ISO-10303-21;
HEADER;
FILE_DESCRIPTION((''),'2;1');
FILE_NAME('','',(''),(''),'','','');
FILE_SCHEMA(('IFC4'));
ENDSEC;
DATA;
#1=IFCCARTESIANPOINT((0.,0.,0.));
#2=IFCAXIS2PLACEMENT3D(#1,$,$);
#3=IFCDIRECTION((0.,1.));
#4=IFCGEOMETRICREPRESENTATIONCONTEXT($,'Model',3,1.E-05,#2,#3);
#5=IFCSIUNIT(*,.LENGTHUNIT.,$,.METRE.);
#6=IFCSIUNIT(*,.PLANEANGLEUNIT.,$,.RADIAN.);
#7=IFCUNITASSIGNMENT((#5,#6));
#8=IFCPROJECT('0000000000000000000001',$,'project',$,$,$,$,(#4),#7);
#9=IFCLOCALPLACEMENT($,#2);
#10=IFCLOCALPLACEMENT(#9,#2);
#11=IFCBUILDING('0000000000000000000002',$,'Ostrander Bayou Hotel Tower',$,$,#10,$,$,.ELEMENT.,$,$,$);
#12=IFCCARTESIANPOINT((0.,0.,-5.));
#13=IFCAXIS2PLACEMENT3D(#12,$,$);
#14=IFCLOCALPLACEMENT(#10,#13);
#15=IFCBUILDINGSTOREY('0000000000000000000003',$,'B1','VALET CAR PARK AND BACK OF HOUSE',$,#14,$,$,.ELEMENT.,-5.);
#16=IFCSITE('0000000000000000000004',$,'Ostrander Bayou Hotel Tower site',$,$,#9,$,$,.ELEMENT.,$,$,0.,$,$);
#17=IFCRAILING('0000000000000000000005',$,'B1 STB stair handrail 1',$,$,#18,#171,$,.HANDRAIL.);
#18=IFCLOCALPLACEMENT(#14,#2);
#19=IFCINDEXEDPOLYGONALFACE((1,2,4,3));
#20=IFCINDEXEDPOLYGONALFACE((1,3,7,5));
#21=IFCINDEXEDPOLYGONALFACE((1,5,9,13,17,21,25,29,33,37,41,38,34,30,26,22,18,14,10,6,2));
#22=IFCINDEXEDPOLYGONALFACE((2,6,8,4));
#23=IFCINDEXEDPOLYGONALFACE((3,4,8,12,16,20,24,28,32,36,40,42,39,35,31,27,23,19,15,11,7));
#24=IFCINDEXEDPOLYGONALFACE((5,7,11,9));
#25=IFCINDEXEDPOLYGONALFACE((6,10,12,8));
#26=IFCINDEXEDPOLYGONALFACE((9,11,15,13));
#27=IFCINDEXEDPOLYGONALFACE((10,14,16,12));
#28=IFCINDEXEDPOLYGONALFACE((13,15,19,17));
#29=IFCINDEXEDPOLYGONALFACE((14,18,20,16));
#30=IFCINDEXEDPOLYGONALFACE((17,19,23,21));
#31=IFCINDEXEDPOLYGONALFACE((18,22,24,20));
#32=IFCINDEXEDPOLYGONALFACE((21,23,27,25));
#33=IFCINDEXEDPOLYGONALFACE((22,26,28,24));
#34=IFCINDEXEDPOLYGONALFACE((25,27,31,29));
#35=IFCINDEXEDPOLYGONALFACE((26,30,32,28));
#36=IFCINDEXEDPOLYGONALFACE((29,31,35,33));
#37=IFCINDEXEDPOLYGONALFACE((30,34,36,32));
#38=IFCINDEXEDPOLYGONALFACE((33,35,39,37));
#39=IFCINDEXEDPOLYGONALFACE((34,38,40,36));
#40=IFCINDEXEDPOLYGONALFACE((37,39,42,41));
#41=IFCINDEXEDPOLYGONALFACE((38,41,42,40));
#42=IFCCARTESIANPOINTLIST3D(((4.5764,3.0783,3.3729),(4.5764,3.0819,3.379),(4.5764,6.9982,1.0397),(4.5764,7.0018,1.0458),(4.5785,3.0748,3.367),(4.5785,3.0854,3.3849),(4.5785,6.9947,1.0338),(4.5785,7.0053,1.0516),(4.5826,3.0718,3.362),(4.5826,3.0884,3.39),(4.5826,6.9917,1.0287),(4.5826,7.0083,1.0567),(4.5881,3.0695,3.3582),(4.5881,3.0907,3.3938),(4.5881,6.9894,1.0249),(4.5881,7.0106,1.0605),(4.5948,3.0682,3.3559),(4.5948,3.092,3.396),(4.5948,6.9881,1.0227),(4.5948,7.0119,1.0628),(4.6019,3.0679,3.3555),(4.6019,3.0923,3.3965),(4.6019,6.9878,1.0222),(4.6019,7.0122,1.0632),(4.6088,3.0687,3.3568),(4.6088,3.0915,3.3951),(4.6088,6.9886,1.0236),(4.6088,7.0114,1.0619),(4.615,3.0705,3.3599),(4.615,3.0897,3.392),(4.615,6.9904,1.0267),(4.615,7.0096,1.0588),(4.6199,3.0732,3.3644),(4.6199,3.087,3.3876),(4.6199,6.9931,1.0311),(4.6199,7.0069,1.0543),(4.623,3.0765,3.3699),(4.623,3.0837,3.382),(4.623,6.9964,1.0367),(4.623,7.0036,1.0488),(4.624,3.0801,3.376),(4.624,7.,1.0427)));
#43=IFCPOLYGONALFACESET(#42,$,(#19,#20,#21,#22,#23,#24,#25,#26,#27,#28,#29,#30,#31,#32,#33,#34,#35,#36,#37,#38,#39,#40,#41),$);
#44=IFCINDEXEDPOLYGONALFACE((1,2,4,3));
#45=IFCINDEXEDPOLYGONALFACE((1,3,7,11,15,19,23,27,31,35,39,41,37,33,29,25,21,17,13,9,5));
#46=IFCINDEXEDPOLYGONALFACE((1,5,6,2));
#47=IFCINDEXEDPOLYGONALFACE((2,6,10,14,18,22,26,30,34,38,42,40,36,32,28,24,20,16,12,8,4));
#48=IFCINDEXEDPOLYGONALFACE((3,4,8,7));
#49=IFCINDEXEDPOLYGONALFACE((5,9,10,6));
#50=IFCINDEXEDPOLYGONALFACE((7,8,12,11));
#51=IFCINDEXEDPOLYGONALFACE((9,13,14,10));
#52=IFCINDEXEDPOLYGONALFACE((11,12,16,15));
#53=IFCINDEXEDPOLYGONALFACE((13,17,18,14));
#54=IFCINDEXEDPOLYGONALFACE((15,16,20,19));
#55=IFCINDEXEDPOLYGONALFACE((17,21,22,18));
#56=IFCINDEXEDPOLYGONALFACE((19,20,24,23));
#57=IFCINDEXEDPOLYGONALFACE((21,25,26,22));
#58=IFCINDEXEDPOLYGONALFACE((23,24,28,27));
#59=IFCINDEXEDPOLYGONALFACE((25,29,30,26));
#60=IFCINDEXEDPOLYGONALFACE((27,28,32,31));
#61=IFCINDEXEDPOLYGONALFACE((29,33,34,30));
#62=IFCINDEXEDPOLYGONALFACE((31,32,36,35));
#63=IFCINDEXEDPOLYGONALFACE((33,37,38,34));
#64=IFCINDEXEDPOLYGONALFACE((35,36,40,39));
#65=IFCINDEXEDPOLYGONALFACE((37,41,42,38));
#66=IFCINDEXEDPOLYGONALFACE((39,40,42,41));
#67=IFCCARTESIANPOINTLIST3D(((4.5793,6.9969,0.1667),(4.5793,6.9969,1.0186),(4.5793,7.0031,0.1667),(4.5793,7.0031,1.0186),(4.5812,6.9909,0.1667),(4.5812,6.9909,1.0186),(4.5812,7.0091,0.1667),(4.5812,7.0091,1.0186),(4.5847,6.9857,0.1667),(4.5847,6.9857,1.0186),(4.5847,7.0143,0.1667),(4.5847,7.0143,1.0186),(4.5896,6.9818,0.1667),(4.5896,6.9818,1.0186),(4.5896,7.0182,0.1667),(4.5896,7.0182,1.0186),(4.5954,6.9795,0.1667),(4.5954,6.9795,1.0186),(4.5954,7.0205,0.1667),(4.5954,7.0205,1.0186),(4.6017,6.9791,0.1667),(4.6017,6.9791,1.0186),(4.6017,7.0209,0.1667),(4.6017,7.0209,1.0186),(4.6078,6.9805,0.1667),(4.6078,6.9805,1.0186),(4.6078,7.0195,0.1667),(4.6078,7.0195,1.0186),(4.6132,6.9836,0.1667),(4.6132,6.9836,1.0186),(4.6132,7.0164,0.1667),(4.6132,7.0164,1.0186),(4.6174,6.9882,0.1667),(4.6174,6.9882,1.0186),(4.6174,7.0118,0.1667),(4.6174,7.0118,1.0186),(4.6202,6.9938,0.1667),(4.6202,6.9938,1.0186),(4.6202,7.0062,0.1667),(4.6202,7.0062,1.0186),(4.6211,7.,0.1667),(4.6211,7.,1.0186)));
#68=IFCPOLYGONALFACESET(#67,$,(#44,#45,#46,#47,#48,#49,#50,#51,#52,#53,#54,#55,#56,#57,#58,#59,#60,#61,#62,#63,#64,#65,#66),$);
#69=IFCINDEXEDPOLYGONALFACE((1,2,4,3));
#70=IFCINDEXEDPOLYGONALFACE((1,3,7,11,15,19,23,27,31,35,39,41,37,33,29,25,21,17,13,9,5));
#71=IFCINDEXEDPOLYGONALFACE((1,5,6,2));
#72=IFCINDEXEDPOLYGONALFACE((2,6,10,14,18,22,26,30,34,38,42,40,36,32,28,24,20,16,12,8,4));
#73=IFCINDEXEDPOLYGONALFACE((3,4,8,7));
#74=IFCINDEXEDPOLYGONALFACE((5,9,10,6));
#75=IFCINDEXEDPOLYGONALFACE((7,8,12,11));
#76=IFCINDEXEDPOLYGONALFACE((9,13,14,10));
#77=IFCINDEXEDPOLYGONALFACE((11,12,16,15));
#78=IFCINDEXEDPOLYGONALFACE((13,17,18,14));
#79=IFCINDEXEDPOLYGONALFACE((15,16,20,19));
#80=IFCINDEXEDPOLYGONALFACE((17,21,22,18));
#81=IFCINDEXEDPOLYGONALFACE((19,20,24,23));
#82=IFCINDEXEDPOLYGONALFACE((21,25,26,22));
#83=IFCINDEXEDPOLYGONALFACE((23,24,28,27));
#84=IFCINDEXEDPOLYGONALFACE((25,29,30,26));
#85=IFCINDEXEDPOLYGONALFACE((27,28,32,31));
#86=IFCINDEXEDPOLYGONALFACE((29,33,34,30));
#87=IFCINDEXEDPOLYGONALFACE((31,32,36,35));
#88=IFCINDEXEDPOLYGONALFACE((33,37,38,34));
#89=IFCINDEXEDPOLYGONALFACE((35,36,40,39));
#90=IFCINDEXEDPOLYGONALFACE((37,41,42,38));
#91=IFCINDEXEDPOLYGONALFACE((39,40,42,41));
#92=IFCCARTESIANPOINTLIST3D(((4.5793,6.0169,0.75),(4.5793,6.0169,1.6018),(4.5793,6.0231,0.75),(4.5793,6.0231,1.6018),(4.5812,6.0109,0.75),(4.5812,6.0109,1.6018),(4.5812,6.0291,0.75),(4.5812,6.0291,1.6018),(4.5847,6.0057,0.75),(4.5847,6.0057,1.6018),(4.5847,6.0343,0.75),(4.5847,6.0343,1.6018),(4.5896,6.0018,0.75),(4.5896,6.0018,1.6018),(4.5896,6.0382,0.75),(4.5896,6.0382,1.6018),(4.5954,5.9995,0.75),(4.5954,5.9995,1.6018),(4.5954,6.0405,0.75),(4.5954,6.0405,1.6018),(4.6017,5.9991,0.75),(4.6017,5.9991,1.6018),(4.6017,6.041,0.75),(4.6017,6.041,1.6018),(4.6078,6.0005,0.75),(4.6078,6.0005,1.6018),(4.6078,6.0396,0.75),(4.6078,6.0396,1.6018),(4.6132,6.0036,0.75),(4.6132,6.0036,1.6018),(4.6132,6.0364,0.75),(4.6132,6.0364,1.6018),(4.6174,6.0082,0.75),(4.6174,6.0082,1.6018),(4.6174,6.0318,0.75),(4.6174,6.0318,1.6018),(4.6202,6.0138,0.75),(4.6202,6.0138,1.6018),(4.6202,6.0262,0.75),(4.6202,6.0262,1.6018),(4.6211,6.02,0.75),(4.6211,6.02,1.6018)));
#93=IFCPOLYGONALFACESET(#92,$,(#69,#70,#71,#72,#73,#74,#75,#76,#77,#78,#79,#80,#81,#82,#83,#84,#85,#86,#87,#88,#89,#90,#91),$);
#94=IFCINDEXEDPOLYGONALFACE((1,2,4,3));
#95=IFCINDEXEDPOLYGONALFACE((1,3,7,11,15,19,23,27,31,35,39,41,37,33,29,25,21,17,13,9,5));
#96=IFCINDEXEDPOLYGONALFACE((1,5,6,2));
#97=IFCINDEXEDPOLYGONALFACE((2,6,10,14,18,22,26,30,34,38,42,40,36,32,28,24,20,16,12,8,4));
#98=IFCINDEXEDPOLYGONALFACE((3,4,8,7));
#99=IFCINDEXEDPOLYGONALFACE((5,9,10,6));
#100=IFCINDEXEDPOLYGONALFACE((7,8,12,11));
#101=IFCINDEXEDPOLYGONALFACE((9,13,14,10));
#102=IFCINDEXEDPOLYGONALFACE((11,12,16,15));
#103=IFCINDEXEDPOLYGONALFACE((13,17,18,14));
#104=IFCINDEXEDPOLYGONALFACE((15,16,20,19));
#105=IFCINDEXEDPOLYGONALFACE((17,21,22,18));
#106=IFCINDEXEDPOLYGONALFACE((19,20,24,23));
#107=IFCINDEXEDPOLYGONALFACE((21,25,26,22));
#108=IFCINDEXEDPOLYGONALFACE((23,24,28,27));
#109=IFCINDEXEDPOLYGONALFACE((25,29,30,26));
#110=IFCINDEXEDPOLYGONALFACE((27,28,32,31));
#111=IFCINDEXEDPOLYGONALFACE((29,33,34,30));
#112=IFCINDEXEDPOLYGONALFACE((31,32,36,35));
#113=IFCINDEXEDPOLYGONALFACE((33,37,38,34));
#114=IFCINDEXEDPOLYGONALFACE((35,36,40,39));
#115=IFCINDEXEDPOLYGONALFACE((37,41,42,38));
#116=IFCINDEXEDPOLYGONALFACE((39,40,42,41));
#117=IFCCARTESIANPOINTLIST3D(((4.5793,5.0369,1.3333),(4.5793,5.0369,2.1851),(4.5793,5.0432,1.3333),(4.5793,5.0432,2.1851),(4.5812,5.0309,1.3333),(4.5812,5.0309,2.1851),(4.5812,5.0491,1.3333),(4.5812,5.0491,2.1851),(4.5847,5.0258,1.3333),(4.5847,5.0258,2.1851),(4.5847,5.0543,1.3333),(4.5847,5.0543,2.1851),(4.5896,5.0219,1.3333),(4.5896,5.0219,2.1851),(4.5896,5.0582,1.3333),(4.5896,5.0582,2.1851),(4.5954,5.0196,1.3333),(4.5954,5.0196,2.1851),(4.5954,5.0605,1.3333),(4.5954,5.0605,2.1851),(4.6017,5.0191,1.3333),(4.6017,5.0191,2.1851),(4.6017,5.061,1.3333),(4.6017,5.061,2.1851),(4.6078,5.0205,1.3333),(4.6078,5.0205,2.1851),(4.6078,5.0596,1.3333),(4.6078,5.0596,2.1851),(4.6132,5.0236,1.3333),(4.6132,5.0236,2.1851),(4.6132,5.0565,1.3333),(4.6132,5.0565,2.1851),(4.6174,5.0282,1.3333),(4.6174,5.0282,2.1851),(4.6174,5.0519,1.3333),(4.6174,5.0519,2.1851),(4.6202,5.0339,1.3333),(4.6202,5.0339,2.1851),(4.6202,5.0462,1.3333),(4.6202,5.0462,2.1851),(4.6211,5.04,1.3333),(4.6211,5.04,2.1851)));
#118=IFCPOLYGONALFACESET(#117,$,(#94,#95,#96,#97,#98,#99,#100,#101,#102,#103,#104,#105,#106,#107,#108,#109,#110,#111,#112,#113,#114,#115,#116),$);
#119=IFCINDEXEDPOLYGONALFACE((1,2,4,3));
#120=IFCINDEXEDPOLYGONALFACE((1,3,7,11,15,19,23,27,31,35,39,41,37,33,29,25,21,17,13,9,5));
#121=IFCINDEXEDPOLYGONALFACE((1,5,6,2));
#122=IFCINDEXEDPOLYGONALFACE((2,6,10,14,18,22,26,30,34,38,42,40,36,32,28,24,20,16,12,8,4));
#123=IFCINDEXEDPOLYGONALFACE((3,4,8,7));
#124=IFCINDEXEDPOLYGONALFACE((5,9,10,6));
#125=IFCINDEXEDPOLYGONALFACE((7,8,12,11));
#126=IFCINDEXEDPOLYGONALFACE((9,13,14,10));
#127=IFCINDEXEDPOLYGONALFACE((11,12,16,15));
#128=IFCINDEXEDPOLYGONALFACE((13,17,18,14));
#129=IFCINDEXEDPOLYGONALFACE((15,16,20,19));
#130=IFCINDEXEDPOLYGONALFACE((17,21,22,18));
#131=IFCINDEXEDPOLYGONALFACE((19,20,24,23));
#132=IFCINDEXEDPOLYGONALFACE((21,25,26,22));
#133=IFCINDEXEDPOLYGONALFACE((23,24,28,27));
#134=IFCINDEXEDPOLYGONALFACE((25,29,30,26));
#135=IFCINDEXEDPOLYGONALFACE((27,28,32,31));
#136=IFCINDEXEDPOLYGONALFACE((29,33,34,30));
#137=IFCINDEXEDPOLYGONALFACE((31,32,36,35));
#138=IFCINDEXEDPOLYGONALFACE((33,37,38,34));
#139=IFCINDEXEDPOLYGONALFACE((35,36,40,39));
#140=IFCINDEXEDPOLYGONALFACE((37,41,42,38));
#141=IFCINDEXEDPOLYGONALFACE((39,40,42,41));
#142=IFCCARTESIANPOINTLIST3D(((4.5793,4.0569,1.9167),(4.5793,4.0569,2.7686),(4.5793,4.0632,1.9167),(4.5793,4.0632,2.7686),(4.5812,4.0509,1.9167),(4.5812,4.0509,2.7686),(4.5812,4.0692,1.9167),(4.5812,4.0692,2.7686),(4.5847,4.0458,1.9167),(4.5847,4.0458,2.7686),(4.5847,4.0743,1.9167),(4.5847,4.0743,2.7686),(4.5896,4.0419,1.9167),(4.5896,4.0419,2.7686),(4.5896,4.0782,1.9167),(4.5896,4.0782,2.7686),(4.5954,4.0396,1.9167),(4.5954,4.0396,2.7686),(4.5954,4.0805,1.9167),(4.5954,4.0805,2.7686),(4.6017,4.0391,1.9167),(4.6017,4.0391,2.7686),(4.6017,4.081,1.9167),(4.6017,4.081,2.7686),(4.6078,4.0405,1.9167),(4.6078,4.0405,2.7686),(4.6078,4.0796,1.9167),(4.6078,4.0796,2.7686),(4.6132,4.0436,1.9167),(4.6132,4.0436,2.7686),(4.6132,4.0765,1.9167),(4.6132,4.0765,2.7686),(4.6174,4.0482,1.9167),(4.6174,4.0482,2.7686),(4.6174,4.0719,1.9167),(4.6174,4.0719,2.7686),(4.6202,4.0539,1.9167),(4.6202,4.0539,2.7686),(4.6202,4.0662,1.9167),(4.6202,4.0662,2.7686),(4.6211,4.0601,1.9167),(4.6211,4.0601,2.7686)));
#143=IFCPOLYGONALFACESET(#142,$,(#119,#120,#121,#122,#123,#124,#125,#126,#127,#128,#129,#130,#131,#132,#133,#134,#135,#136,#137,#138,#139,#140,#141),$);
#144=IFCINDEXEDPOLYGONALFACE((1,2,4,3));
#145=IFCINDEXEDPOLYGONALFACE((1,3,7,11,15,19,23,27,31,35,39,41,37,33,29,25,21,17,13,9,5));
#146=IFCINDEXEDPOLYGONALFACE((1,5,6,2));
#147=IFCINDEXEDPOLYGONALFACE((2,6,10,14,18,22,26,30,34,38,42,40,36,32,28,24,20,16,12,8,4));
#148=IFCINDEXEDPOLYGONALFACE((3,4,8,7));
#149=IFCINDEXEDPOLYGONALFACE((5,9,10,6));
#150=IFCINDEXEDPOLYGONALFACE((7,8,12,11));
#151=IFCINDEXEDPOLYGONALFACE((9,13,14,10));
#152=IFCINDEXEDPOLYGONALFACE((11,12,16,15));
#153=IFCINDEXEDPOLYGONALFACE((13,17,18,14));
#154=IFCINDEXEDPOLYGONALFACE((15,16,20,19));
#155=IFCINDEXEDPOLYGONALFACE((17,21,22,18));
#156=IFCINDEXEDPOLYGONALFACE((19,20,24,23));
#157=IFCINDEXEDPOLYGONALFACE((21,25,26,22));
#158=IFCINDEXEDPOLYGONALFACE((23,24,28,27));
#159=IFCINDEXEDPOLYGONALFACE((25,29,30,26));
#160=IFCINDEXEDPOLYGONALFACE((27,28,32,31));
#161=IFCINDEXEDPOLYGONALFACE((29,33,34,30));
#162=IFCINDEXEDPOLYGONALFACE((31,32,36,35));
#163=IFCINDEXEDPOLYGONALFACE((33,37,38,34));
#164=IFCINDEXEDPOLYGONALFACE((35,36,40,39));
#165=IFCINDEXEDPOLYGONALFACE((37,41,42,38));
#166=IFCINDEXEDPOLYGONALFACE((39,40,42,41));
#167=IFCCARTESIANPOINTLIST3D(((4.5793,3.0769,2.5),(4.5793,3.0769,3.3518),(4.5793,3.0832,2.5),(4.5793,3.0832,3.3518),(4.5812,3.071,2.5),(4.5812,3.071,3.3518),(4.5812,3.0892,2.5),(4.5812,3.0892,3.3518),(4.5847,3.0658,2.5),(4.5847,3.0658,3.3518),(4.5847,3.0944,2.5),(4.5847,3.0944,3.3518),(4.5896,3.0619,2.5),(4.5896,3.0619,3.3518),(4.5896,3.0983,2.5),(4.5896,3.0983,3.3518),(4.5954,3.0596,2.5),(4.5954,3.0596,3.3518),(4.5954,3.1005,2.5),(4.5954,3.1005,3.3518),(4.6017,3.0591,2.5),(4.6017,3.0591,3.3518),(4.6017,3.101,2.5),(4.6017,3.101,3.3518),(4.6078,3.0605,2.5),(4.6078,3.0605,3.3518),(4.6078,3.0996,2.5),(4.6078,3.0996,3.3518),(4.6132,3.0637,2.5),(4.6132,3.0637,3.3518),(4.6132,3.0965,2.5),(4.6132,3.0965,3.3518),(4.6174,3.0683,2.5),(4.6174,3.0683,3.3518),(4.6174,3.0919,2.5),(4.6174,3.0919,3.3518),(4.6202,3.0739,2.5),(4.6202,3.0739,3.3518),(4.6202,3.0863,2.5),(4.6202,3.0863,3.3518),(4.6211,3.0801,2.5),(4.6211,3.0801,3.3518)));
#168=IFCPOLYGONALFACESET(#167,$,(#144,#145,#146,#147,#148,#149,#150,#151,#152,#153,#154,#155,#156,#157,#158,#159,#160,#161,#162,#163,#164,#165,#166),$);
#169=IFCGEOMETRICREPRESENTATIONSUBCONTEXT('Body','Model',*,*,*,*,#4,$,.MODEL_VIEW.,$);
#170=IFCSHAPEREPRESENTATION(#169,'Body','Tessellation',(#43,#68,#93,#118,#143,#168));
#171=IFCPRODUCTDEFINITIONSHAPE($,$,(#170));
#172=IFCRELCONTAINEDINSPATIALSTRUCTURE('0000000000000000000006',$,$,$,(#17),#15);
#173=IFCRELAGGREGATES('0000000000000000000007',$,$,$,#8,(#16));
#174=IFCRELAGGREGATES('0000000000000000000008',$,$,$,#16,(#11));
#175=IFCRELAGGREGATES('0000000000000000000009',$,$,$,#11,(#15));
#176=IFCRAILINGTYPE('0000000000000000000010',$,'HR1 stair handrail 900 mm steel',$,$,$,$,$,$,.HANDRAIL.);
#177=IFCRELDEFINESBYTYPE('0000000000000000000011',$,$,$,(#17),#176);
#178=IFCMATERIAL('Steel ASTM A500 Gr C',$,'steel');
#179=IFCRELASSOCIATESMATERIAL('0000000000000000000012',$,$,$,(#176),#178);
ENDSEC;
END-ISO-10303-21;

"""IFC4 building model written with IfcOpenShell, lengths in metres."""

from ifc_helpers import new_model, si_unit, direction, frame, origin, origin_2d, place, context, subcontext, project, spatial, circle, extrude, material, type_object, element, save


model = new_model("IFC4")

# Units and contexts
model_context = context("Model", 3, precision=1e-05, world=origin(), true_north=direction((0.0, 1.0)))
body_context = subcontext(model_context, "Body", "Model", "MODEL_VIEW")
ifc_project = project(units=[si_unit("LENGTHUNIT", "METRE"), si_unit("PLANEANGLEUNIT", "RADIAN")], contexts=[model_context])

# Site, building, storey
site_placement = place(None, origin())
site = spatial("IfcSite", under=ifc_project, at=site_placement, Name="Ostrander Bayou Hotel Tower site", CompositionType="ELEMENT", RefElevation=0.0)
building_placement = place(site_placement, origin())
building = spatial("IfcBuilding", under=site, at=building_placement, Name="Ostrander Bayou Hotel Tower", CompositionType="ELEMENT")
storey_placement = place(building_placement, frame((0.0, 0.0, -5.0)))
storey = spatial("IfcBuildingStorey", under=building, at=storey_placement, Name="B1", Description="VALET CAR PARK AND BACK OF HOUSE", CompositionType="ELEMENT", Elevation=-5.0)

# Railing
ifc_material_1 = material(Name="Steel ASTM A500 Gr C", Category="steel")
railing_type_1 = type_object("IfcRailingType", Name="HR1 stair handrail 900 mm steel", PredefinedType="HANDRAIL", material=ifc_material_1)
railing_1_placement = place(storey_placement, frame((4.6001, 7.0, 0.1667)))
element("IfcRailing", 1, at=railing_1_placement, inside=storey, type_object=railing_type_1, Name="B1 STB stair handrail 1", PredefinedType="HANDRAIL", context=body_context, shape_type="SweptSolid", body=[
    extrude(circle(Radius=0.0239, at=origin_2d()), frame((0.0, 0.0, 0.876), z_axis=(0.0, -0.859296, 0.511478), x_axis=(1.0, 0.0, 0.0)), (0.0, 0.0, 1.0), 4.5618),
    extrude(circle(Radius=0.021, at=origin_2d()), origin(), (0.0, 0.0, 1.0), 0.8518),
    extrude(circle(Radius=0.021, at=origin_2d()), frame((0.0, -0.98, 0.5833)), (0.0, 0.0, 1.0), 0.8518),
    extrude(circle(Radius=0.021, at=origin_2d()), frame((0.0, -1.96, 1.1665)), (0.0, 0.0, 1.0), 0.8518),
    extrude(circle(Radius=0.021, at=origin_2d()), frame((0.0, -2.9399, 1.75)), (0.0, 0.0, 1.0), 0.8518),
    extrude(circle(Radius=0.021, at=origin_2d()), frame((0.0, -3.9199, 2.3333)), (0.0, 0.0, 1.0), 0.8518),
])

save(model, "model.ifc")
